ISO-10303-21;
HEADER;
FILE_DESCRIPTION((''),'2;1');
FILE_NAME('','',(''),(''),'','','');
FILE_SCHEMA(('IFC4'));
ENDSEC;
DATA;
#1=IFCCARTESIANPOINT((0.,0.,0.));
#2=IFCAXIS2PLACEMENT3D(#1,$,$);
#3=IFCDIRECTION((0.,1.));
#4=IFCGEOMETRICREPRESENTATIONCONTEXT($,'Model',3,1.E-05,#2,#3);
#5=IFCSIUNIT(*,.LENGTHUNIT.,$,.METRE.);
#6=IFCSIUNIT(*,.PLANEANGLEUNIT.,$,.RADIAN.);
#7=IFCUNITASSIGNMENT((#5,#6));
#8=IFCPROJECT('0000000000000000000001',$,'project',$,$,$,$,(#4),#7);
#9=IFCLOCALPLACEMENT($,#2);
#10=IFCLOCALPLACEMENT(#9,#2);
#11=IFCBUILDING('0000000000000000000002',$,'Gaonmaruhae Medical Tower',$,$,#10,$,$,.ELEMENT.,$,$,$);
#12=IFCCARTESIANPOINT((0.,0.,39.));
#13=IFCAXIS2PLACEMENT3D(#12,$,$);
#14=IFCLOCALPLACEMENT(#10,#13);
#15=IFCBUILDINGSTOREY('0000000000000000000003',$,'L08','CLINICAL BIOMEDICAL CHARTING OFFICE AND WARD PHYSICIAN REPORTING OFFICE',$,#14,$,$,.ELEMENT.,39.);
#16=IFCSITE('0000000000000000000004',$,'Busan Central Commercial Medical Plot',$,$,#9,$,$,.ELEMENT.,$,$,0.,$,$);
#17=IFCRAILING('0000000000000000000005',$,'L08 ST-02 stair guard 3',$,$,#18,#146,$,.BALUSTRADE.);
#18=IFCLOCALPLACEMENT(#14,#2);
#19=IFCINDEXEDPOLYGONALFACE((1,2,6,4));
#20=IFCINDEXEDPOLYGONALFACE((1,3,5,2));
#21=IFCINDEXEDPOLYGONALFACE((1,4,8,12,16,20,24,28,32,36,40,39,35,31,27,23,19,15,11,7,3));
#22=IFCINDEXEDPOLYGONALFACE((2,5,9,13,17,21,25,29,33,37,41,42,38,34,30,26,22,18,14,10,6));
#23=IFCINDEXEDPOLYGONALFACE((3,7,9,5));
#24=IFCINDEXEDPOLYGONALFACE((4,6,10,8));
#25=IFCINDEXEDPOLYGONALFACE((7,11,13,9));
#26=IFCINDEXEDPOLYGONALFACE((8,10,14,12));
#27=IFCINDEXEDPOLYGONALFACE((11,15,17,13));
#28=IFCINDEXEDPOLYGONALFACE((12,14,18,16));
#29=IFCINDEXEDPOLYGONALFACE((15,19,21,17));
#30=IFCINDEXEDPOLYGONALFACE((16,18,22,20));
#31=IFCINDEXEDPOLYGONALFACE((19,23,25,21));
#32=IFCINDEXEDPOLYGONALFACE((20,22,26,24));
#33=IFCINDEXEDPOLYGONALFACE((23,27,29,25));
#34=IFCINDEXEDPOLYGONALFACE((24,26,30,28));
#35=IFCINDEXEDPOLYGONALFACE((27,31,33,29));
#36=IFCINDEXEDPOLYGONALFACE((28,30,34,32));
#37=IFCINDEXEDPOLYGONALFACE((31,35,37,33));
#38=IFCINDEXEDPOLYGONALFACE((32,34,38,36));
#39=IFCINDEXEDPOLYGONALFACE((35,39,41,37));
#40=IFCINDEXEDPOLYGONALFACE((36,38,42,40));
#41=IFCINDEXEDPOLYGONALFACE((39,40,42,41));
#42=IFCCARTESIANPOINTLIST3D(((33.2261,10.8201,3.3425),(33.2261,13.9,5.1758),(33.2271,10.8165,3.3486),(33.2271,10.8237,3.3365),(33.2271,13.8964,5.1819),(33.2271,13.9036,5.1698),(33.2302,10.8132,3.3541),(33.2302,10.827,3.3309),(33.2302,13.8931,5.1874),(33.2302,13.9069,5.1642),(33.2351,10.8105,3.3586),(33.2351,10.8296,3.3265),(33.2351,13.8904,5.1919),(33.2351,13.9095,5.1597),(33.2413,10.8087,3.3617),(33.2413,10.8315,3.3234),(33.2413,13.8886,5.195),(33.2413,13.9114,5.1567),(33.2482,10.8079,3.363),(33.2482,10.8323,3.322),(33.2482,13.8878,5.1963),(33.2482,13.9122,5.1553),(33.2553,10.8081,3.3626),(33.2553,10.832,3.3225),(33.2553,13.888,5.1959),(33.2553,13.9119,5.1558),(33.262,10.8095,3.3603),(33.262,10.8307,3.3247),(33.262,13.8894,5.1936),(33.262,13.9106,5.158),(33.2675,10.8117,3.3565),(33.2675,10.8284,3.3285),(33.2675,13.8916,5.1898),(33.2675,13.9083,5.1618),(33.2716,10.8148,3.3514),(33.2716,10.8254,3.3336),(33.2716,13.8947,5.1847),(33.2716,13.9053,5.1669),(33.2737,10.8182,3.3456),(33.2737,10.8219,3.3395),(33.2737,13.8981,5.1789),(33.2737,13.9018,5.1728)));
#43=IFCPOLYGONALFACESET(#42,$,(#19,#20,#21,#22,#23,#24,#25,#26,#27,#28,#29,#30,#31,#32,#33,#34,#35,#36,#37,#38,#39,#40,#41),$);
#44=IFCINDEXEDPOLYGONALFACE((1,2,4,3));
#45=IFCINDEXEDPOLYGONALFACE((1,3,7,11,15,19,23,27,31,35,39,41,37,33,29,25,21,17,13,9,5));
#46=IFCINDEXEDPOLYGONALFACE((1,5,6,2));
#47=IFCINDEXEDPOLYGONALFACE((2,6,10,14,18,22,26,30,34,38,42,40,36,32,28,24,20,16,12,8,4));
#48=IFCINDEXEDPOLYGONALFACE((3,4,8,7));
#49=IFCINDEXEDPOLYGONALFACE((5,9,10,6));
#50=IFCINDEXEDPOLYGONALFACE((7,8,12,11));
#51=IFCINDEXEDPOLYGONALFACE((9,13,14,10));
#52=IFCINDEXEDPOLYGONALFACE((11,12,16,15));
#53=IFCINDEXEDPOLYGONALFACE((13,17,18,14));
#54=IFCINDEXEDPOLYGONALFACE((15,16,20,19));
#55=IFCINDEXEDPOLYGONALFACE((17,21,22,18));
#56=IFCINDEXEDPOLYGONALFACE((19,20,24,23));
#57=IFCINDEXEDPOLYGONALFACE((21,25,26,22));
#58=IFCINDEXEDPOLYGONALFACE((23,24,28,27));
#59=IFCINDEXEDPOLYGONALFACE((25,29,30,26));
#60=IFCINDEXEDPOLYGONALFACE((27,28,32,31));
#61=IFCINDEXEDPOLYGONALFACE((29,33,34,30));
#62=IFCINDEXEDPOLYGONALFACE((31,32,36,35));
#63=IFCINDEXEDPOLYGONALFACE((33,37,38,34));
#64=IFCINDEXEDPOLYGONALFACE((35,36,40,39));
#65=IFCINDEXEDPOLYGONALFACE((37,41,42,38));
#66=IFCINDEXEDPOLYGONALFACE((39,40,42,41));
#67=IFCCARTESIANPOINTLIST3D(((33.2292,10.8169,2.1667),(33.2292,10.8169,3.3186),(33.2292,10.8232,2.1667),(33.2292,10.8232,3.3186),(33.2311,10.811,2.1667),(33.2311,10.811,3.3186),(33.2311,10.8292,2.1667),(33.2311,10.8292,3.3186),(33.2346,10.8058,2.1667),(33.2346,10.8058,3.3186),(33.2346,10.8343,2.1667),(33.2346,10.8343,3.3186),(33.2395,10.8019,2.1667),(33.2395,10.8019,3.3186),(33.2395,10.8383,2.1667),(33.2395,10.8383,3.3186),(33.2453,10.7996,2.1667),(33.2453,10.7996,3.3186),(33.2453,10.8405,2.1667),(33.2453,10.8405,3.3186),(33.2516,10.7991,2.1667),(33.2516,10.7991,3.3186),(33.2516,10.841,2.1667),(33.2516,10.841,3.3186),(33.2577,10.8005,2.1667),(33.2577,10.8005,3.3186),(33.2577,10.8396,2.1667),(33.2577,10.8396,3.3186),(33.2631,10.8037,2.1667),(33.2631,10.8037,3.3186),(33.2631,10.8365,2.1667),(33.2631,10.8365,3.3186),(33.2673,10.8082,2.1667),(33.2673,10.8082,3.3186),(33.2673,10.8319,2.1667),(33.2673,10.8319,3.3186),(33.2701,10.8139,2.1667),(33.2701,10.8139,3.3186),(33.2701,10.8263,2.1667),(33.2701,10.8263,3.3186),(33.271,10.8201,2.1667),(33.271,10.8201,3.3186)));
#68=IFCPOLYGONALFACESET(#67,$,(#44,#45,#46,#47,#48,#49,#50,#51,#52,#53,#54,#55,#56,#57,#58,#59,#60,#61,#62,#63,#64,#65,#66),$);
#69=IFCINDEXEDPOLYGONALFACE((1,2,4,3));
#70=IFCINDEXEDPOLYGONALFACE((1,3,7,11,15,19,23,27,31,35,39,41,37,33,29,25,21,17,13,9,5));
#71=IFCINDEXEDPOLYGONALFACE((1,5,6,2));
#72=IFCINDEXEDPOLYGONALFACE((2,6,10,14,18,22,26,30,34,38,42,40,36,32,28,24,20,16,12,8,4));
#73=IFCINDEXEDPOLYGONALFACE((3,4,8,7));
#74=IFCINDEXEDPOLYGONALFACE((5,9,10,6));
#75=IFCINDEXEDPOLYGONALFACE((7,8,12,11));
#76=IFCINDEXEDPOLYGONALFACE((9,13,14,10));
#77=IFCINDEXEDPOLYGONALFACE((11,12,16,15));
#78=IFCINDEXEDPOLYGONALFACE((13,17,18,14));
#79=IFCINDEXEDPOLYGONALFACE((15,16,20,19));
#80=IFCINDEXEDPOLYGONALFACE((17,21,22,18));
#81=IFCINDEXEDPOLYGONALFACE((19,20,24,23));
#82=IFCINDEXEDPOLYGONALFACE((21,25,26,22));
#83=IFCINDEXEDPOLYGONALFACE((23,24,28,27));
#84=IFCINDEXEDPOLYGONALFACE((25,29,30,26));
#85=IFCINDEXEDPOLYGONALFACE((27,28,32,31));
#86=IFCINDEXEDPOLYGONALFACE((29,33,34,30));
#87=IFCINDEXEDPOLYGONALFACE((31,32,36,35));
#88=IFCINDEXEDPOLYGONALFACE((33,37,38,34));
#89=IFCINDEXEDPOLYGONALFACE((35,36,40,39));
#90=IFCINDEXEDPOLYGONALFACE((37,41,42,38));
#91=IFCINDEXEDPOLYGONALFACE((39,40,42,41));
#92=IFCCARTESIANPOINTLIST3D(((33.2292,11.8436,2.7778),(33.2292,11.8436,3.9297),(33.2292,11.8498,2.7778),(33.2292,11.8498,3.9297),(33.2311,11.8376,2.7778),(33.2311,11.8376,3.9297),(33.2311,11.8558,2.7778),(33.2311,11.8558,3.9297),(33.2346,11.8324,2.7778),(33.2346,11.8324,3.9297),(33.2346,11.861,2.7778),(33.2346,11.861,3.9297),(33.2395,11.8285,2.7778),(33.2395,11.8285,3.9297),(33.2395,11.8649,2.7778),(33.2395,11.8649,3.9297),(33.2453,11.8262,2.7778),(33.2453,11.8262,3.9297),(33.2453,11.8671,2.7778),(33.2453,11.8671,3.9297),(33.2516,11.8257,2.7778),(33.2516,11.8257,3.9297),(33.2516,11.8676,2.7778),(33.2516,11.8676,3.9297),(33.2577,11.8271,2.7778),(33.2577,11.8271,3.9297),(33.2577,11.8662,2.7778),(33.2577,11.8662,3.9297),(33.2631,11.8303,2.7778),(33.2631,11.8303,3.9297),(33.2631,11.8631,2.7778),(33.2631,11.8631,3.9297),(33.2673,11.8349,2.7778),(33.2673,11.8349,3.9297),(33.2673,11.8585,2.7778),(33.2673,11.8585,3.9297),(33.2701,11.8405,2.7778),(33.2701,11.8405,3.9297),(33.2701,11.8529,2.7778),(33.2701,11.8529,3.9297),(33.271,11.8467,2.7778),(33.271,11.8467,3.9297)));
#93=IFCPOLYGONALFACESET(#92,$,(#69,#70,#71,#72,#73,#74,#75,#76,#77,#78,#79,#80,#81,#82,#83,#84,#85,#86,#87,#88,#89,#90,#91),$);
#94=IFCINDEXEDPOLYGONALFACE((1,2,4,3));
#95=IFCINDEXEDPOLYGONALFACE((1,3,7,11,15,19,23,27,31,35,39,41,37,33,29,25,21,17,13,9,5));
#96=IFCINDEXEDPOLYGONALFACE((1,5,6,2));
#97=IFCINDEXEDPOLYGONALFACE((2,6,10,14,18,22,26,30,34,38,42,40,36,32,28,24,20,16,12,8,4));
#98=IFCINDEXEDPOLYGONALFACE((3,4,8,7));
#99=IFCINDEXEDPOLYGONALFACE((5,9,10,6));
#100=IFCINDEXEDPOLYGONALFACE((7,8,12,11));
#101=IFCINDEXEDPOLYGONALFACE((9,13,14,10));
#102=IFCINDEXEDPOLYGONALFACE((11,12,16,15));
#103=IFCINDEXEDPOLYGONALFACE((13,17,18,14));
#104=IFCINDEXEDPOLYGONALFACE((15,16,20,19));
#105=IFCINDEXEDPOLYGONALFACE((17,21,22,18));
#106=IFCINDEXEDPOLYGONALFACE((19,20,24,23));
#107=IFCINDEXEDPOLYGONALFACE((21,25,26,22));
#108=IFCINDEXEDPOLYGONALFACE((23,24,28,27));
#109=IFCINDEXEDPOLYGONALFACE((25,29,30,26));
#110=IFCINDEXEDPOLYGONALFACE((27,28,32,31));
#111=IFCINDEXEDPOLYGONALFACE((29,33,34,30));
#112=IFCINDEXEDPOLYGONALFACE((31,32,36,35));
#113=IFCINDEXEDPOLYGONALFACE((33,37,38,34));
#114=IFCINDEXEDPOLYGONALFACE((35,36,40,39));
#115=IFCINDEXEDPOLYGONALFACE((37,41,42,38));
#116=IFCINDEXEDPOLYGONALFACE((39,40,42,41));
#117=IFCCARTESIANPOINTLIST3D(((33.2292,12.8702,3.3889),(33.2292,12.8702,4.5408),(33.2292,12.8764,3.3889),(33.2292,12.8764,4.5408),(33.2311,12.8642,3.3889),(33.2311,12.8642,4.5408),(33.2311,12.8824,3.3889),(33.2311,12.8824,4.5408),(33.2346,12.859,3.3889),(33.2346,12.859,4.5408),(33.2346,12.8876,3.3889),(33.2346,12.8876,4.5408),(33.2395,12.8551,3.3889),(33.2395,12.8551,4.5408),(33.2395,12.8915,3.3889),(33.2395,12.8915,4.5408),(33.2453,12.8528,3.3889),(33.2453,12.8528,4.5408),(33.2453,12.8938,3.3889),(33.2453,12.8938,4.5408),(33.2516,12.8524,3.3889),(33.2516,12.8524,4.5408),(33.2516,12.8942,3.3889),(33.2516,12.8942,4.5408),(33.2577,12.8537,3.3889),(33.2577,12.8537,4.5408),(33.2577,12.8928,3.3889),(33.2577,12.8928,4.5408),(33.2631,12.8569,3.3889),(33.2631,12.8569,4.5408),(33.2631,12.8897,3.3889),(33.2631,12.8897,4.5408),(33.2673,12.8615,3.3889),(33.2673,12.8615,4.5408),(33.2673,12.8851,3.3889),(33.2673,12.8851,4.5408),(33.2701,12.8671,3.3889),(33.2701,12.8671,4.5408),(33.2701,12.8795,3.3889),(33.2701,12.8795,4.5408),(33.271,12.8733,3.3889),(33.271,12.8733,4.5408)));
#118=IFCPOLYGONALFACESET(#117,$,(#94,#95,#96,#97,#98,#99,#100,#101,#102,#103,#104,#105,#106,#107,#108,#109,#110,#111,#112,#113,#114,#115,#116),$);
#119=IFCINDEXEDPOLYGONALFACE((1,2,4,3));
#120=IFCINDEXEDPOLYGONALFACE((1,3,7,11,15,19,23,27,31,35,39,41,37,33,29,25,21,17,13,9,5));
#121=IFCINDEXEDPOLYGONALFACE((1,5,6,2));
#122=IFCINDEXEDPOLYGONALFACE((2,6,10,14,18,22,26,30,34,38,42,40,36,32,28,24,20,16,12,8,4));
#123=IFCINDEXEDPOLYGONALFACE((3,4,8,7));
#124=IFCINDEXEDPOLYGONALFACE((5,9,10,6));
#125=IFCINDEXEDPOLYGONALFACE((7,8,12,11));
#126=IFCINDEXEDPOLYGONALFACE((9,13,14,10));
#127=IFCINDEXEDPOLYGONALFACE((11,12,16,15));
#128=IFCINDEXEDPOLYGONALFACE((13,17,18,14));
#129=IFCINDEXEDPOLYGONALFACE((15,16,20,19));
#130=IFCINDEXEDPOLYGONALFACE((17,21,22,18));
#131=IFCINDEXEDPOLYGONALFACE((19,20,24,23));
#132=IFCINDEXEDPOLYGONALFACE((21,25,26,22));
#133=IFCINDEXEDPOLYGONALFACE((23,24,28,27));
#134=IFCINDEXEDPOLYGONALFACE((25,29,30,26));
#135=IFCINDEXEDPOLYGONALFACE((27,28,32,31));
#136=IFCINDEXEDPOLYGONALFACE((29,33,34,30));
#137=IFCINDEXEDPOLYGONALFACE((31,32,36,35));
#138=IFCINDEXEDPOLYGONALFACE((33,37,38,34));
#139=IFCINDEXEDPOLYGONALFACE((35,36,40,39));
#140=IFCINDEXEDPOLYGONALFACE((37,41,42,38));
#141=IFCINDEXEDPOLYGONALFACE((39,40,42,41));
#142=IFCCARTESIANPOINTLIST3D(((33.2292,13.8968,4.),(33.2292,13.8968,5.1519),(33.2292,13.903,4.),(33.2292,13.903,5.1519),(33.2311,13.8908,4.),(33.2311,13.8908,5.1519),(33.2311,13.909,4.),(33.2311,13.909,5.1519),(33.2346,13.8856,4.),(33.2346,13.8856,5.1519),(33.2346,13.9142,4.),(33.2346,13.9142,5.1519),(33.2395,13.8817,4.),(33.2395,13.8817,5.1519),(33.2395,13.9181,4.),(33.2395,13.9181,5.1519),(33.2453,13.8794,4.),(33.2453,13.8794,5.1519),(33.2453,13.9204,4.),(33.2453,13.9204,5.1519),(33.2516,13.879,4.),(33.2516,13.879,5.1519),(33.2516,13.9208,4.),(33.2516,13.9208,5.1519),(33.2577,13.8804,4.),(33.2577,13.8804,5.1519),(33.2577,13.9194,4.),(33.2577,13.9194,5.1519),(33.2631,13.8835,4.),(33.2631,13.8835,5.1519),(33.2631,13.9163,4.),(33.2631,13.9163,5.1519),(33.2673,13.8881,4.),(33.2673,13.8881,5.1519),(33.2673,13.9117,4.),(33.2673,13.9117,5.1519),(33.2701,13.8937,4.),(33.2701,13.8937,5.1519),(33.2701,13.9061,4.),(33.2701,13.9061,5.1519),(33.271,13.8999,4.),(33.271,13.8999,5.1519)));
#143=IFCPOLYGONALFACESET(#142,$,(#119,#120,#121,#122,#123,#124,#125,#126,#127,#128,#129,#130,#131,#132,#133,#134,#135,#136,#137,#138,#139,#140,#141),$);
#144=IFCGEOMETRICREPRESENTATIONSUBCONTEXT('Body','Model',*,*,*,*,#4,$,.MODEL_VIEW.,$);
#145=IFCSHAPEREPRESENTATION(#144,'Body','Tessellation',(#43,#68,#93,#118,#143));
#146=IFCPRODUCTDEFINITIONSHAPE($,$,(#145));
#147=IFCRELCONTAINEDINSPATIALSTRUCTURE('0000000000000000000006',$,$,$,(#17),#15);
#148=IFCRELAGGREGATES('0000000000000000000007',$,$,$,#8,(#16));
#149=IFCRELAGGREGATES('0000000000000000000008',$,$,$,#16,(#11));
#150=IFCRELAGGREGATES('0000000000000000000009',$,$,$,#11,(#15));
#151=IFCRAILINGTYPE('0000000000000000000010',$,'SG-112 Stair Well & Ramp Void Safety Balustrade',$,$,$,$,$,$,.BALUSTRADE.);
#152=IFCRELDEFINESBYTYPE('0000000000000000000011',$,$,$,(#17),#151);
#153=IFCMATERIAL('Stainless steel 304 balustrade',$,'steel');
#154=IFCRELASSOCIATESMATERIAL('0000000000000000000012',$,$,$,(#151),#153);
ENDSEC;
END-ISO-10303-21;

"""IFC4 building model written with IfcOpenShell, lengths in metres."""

from ifc_helpers import new_model, si_unit, direction, frame, origin, origin_2d, place, context, subcontext, project, spatial, circle, extrude, material, type_object, element, save


model = new_model("IFC4")

# Units and contexts
model_context = context("Model", 3, precision=1e-05, world=origin(), true_north=direction((0.0, 1.0)))
body_context = subcontext(model_context, "Body", "Model", "MODEL_VIEW")
ifc_project = project(units=[si_unit("LENGTHUNIT", "METRE"), si_unit("PLANEANGLEUNIT", "RADIAN")], contexts=[model_context])

# Site, building, storey
site_placement = place(None, origin())
site = spatial("IfcSite", under=ifc_project, at=site_placement, Name="Busan Central Commercial Medical Plot", CompositionType="ELEMENT", RefElevation=0.0)
building_placement = place(site_placement, origin())
building = spatial("IfcBuilding", under=site, at=building_placement, Name="Gaonmaruhae Medical Tower", CompositionType="ELEMENT")
storey_placement = place(building_placement, frame((0.0, 0.0, 39.0)))
storey = spatial("IfcBuildingStorey", under=building, at=storey_placement, Name="L08", Description="CLINICAL BIOMEDICAL CHARTING OFFICE AND WARD PHYSICIAN REPORTING OFFICE", CompositionType="ELEMENT", Elevation=39.0)

# Railing
ifc_material_1 = material(Name="Stainless steel 304 balustrade", Category="steel")
railing_type_1 = type_object("IfcRailingType", Name="SG-112 Stair Well & Ramp Void Safety Balustrade", PredefinedType="BALUSTRADE", material=ifc_material_1)
railing_1_placement = place(storey_placement, frame((33.25, 10.8201, 2.1667)))
element("IfcRailing", 1, at=railing_1_placement, inside=storey, type_object=railing_type_1, Name="L08 ST-02 stair guard 3", PredefinedType="BALUSTRADE", context=body_context, shape_type="SweptSolid", body=[
    extrude(circle(Radius=0.0239, at=origin_2d()), frame((0.0, 0.0, 1.1758), z_axis=(0.0, 0.859291, 0.511487), x_axis=(-1.0, 0.0, 0.0)), (0.0, 0.0, 1.0), 3.5842),
    extrude(circle(Radius=0.021, at=origin_2d()), origin(), (0.0, 0.0, 1.0), 1.1519),
    extrude(circle(Radius=0.021, at=origin_2d()), frame((0.0, 1.0266, 0.6111)), (0.0, 0.0, 1.0), 1.1519),
    extrude(circle(Radius=0.021, at=origin_2d()), frame((0.0, 2.0532, 1.2222)), (0.0, 0.0, 1.0), 1.1519),
    extrude(circle(Radius=0.021, at=origin_2d()), frame((0.0, 3.0798, 1.8333)), (0.0, 0.0, 1.0), 1.1519),
])

save(model, "model.ifc")
